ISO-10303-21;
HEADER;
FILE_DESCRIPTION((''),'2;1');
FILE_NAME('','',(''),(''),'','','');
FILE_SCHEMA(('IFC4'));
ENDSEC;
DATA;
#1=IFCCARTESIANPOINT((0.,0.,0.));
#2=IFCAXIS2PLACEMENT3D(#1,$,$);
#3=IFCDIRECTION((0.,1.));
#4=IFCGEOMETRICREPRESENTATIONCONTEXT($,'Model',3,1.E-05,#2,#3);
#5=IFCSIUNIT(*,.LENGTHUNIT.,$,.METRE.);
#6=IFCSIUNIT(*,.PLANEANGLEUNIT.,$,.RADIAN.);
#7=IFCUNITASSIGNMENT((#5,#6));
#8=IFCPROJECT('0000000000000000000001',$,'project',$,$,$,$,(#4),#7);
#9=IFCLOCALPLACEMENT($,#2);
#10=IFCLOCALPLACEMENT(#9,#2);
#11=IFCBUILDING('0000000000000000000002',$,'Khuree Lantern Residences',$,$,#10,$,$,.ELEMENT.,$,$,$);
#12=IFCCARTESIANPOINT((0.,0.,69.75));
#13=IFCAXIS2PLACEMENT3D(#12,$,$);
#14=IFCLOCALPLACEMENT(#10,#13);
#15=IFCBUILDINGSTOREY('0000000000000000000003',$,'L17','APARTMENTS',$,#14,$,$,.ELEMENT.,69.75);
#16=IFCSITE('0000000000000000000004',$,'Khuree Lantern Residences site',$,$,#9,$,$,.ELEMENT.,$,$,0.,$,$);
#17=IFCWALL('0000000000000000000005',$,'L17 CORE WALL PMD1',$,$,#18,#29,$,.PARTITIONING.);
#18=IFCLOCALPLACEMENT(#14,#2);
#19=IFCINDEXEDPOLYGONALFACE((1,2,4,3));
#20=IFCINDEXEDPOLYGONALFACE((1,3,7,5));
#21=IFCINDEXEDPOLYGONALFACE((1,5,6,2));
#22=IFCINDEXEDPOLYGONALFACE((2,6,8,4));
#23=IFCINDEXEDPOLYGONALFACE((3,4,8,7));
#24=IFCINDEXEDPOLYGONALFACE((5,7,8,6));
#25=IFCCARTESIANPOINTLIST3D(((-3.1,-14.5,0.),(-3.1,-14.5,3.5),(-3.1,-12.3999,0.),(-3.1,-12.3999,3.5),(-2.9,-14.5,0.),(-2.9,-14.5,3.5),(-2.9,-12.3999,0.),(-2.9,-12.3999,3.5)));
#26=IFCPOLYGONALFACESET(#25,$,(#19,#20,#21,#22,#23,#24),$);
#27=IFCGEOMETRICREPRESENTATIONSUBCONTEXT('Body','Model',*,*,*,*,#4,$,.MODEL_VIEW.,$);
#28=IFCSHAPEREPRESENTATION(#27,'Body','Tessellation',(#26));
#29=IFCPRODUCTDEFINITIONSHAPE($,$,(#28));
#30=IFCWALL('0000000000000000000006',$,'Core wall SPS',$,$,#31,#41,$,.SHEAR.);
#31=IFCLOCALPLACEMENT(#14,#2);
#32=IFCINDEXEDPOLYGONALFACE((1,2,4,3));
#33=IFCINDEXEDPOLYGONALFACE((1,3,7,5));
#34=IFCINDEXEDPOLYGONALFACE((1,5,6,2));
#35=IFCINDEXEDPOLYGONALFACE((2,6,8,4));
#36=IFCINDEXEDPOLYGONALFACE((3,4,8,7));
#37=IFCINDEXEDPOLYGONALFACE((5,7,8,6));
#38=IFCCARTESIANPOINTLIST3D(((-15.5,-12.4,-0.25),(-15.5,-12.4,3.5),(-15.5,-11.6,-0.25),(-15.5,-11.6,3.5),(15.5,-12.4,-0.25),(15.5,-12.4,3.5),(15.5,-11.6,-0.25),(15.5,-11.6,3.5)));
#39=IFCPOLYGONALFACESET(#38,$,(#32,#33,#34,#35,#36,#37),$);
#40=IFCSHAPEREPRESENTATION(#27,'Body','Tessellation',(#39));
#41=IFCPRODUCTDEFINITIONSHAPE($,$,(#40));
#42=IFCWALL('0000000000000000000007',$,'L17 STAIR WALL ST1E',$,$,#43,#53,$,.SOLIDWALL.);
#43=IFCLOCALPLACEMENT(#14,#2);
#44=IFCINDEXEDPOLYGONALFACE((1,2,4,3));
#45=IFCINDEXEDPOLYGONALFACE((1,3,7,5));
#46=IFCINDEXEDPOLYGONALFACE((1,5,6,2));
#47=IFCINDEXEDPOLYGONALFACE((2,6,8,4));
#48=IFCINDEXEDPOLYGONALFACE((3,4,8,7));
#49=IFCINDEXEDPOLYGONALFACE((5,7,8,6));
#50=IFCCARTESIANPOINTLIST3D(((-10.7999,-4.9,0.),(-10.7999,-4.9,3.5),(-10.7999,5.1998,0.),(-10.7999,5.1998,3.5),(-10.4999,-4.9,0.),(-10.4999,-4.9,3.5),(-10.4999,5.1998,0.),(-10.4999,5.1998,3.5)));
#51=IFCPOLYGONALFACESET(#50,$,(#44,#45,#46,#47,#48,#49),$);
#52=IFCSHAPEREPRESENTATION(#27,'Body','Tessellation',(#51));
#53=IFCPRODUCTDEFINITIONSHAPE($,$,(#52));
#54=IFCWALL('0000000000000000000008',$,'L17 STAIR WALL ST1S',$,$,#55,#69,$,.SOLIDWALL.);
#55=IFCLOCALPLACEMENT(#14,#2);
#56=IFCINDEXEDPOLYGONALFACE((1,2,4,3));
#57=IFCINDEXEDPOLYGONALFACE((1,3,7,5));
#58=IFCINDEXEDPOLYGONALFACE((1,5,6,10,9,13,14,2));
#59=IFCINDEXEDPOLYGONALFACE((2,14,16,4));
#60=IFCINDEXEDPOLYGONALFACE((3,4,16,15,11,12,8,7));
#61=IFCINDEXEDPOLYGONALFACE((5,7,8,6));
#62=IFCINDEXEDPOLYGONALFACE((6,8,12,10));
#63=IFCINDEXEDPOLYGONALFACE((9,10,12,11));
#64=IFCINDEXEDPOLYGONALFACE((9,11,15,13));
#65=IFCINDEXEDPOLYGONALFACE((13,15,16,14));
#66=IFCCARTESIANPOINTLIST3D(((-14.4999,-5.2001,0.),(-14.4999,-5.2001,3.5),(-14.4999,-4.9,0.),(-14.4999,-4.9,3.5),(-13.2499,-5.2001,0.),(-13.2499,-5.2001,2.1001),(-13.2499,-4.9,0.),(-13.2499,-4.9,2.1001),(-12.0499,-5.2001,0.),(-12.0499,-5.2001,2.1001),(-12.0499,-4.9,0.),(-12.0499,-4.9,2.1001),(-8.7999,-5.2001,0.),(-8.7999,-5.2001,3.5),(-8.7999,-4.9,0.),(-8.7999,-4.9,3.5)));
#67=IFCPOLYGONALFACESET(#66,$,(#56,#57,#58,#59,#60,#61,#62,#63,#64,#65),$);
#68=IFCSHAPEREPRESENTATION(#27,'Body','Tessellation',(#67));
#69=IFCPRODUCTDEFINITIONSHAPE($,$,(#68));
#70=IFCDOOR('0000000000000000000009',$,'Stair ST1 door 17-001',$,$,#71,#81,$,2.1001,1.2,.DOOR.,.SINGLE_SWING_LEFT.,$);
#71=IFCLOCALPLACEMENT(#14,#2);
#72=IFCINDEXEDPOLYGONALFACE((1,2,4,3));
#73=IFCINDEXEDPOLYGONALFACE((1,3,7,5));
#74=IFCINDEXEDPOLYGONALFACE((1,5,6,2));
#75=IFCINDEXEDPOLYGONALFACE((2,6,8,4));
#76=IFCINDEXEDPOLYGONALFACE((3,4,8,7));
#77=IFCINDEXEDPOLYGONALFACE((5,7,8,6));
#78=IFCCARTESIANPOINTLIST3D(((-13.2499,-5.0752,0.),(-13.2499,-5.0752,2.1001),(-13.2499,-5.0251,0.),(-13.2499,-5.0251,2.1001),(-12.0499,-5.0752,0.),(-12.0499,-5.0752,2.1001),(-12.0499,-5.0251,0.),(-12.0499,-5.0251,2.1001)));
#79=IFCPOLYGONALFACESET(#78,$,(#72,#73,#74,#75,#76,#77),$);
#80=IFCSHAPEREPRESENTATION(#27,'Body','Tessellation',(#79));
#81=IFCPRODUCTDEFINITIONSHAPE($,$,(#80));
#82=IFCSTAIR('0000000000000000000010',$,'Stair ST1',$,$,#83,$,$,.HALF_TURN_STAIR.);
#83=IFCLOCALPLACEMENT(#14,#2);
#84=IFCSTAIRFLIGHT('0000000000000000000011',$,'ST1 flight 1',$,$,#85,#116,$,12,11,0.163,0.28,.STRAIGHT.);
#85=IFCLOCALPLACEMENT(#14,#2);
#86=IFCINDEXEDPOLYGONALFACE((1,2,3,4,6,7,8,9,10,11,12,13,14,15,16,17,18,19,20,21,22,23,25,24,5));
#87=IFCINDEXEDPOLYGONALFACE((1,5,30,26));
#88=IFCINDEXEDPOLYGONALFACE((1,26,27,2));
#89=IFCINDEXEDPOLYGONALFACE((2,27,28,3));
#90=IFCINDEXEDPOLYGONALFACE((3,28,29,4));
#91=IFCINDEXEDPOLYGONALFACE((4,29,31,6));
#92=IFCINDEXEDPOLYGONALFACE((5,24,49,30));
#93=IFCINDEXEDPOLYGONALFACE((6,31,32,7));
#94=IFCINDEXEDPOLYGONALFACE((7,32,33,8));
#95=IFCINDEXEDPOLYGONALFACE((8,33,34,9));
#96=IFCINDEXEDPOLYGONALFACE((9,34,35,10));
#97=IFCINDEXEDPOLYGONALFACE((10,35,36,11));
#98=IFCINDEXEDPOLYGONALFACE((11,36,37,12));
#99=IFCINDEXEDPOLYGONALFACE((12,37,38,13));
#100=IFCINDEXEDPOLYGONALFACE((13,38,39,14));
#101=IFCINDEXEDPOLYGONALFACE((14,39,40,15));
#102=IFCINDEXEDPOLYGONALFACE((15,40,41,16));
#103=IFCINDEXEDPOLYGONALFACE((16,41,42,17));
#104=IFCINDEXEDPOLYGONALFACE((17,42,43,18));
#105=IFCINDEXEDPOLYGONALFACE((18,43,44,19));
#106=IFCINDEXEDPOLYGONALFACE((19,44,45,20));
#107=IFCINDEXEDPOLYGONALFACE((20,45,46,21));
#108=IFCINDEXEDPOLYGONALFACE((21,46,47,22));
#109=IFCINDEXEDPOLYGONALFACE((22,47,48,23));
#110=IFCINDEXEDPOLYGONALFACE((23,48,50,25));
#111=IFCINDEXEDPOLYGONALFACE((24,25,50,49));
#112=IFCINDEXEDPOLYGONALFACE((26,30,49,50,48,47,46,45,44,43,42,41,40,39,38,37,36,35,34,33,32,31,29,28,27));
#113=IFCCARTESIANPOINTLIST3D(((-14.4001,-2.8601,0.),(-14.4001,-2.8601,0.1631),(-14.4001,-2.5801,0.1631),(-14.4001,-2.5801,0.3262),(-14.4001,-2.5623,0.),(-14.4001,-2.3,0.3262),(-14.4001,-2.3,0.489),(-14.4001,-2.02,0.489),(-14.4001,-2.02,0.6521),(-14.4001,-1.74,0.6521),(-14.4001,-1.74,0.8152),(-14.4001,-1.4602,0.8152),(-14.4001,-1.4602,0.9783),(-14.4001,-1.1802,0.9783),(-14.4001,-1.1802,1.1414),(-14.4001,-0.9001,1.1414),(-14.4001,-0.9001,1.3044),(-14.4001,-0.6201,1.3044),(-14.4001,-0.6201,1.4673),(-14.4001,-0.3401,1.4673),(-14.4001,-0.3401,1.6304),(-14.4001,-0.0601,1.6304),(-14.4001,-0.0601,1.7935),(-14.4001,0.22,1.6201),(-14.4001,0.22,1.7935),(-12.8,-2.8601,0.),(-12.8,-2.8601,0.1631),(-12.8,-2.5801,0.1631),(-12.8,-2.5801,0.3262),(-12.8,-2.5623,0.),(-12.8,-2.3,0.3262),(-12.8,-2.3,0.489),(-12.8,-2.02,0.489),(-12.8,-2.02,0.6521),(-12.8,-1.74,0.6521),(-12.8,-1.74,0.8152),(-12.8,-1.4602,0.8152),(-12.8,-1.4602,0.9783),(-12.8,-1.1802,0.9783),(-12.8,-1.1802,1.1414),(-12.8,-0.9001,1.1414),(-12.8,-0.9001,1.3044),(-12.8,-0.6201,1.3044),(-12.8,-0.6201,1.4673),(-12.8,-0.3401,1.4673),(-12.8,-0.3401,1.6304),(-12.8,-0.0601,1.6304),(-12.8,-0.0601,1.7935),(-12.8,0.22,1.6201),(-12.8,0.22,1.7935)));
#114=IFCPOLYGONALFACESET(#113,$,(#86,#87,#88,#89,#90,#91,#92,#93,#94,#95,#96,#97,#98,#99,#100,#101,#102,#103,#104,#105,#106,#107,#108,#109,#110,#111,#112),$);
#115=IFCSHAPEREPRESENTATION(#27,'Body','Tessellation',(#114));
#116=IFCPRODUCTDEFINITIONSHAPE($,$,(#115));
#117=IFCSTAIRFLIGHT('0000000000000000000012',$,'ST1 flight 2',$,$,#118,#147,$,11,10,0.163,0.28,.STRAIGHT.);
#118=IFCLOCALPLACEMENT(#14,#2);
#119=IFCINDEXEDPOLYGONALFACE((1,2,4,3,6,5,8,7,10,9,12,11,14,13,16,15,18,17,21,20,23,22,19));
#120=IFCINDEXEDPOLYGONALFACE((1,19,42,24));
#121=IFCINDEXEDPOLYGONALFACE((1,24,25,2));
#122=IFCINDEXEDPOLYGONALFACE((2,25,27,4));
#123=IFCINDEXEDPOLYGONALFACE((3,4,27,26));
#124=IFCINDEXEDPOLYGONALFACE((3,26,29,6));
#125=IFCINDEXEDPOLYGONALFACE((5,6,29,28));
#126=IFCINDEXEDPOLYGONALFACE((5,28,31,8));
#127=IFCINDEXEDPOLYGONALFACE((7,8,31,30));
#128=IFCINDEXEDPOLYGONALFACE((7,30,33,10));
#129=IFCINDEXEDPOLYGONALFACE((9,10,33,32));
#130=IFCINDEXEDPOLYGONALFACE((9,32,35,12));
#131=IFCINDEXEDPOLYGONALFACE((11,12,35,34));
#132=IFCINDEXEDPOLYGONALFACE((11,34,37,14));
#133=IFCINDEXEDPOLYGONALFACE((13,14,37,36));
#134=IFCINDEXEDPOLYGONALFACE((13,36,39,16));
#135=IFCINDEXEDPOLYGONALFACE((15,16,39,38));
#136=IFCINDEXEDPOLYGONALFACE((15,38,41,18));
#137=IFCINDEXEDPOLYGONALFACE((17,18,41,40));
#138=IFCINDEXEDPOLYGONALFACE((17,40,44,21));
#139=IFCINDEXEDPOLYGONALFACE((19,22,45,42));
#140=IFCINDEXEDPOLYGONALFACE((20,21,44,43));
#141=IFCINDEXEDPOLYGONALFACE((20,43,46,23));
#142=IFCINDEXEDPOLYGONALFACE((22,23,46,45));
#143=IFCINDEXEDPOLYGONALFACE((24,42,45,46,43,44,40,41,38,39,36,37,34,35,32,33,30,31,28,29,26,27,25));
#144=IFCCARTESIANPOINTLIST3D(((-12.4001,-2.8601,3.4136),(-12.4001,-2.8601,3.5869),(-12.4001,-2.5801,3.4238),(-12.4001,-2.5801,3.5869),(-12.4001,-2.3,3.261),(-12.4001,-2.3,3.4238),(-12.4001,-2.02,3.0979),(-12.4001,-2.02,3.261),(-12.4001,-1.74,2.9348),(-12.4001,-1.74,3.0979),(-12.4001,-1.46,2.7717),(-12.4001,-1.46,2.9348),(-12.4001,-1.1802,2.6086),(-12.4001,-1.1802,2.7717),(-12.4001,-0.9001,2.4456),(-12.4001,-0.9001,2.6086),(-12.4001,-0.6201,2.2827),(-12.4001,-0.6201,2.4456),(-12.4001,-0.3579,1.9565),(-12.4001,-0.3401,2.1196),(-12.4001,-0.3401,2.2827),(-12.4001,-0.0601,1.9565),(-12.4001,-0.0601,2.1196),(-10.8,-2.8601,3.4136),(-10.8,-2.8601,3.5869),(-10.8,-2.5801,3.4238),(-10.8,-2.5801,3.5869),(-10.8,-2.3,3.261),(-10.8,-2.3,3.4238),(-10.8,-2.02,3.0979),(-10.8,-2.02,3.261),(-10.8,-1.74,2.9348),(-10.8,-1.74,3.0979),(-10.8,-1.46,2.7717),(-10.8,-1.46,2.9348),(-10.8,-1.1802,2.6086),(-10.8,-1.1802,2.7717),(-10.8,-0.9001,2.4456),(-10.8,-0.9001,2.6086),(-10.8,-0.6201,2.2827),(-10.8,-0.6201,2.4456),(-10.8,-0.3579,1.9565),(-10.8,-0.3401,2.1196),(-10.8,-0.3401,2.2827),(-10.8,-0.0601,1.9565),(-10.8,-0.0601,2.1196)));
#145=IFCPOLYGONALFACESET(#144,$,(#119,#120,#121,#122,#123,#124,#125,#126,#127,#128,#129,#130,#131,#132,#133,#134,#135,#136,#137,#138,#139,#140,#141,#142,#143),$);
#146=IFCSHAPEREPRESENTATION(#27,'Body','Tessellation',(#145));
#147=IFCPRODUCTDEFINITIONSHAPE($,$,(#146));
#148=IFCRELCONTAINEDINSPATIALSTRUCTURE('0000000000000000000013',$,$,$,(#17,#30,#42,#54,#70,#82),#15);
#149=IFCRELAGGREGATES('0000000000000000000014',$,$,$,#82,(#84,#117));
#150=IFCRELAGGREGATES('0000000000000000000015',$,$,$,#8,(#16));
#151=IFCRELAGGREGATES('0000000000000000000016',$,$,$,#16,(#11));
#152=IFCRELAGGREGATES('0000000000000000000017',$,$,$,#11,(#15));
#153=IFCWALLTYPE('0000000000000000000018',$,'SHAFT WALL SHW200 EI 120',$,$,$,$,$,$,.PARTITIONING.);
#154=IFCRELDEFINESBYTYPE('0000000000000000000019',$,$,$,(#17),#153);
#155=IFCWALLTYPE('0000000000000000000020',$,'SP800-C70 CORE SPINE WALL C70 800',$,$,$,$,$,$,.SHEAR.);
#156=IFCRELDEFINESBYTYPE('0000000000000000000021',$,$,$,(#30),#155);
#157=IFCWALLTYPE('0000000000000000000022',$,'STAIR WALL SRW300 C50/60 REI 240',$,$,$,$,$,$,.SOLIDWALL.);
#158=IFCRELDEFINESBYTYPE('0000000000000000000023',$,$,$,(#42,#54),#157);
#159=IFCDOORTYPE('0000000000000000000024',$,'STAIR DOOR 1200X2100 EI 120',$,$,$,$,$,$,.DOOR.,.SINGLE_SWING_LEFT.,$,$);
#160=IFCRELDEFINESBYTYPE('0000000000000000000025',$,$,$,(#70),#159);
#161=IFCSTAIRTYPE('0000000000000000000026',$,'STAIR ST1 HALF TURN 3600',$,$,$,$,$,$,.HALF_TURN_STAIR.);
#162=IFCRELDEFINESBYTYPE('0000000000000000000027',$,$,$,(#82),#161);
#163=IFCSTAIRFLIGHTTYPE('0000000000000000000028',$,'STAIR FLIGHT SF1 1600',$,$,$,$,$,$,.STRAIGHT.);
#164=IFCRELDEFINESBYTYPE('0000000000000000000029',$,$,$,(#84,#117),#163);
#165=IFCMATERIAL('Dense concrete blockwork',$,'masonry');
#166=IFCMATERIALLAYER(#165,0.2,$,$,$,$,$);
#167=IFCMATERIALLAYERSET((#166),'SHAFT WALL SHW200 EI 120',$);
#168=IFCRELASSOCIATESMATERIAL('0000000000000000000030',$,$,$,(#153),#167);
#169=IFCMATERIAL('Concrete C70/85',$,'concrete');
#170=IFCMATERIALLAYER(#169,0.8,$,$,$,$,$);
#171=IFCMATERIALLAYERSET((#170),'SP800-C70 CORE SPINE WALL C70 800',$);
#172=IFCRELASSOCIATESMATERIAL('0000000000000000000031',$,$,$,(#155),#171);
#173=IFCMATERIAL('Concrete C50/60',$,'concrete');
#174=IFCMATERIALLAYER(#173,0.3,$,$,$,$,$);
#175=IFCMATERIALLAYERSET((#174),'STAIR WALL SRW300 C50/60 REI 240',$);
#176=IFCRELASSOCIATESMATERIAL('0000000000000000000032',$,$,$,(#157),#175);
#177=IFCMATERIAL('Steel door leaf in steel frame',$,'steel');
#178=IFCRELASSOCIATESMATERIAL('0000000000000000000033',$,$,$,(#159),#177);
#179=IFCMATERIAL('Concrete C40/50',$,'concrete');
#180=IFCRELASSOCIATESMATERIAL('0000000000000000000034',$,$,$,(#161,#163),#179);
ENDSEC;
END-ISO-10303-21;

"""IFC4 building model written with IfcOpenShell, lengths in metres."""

from ifc_helpers import new_model, si_unit, direction, frame, frame_2d, origin, place, context, subcontext, project, spatial, polyline, rectangle, outline, extrude, material, layer, layer_set, type_object, element, fill, aggregate, save


model = new_model("IFC4")

# Units and contexts
model_context = context("Model", 3, precision=1e-05, world=origin(), true_north=direction((0.0, 1.0)))
body_context = subcontext(model_context, "Body", "Model", "MODEL_VIEW")
ifc_project = project(units=[si_unit("LENGTHUNIT", "METRE"), si_unit("PLANEANGLEUNIT", "RADIAN")], contexts=[model_context])

# Site, building, storey
site_placement = place(None, origin())
site = spatial("IfcSite", under=ifc_project, at=site_placement, Name="Khuree Lantern Residences site", CompositionType="ELEMENT", RefElevation=0.0)
building_placement = place(site_placement, origin())
building = spatial("IfcBuilding", under=site, at=building_placement, Name="Khuree Lantern Residences", CompositionType="ELEMENT")
storey_placement = place(building_placement, frame((0.0, 0.0, 69.75)))
storey = spatial("IfcBuildingStorey", under=building, at=storey_placement, Name="L17", Description="APARTMENTS", CompositionType="ELEMENT", Elevation=69.75)

# Shared definitions
ifc_material_1 = material(Name="Concrete C70/85", Category="concrete")

# Shared definitions
ifc_material_2 = material(Name="Dense concrete blockwork", Category="masonry")

# Shared definitions
ifc_material_3 = material(Name="Steel door leaf in steel frame", Category="steel")

# Walls
ifc_layer_1 = layer(ifc_material_2, 0.2)
ifc_layer_set_1 = layer_set([ifc_layer_1], Name="SHAFT WALL SHW200 EI 120")
wall_type_1 = type_object("IfcWallType", Name="SHAFT WALL SHW200 EI 120", PredefinedType="PARTITIONING", material=ifc_layer_set_1)
wall_1_placement = place(storey_placement, frame((-3.0, -14.5, 0.0), z_axis=(0.0, 0.0, 1.0), x_axis=(0.0, 1.0, 0.0)))
element("IfcWall", 1, at=wall_1_placement, inside=storey, type_object=wall_type_1, Name="L17 CORE WALL PMD1", PredefinedType="PARTITIONING", context=body_context, shape_type="SweptSolid", body=[
    extrude(rectangle(XDim=2.1001, YDim=0.2, at=frame_2d((1.05, 0.0))), origin(), (0.0, 0.0, 1.0), 3.5),
])
ifc_layer_2 = layer(ifc_material_1, 0.8)
ifc_layer_set_2 = layer_set([ifc_layer_2], Name="SP800-C70 CORE SPINE WALL C70 800")
wall_type_2 = type_object("IfcWallType", Name="SP800-C70 CORE SPINE WALL C70 800", PredefinedType="SHEAR", material=ifc_layer_set_2)
wall_2_placement = place(storey_placement, frame((-15.5, -12.0, -0.25), z_axis=(0.0, 0.0, 1.0), x_axis=(1.0, 0.0, 0.0)))
element("IfcWall", 2, at=wall_2_placement, inside=storey, type_object=wall_type_2, Name="Core wall SPS", PredefinedType="SHEAR", context=body_context, shape_type="SweptSolid", body=[
    extrude(rectangle(XDim=31.0, YDim=0.8, at=frame_2d((15.5, 0.0))), origin(), (0.0, 0.0, 1.0), 3.75),
])
ifc_material_4 = material(Name="Concrete C50/60", Category="concrete")
ifc_layer_3 = layer(ifc_material_4, 0.3)
ifc_layer_set_3 = layer_set([ifc_layer_3], Name="STAIR WALL SRW300 C50/60 REI 240")
wall_type_3 = type_object("IfcWallType", Name="STAIR WALL SRW300 C50/60 REI 240", PredefinedType="SOLIDWALL", material=ifc_layer_set_3)
wall_3_placement = place(storey_placement, frame((-10.6499, -4.8999, 0.0), z_axis=(0.0, 0.0, 1.0), x_axis=(0.0, 1.0, 0.0)))
element("IfcWall", 3, at=wall_3_placement, inside=storey, type_object=wall_type_3, Name="L17 STAIR WALL ST1E", PredefinedType="SOLIDWALL", context=body_context, shape_type="SweptSolid", body=[
    extrude(rectangle(XDim=10.0999, YDim=0.3, at=frame_2d((5.0498, 0.0))), origin(), (0.0, 0.0, 1.0), 3.5),
])

# Wall, opening, door
wall_4_placement = place(storey_placement, frame((-14.5, -5.05, 0.0), z_axis=(0.0, 0.0, 1.0), x_axis=(1.0, 0.0, 0.0)))
wall_4 = element("IfcWall", 4, at=wall_4_placement, inside=storey, type_object=wall_type_3, Name="L17 STAIR WALL ST1S", PredefinedType="SOLIDWALL", context=body_context, shape_type="SweptSolid", body=[
    extrude(rectangle(XDim=5.7, YDim=0.3, at=frame_2d((2.8501, 0.0))), origin(), (0.0, 0.0, 1.0), 3.5),
])
opening_1_placement = place(wall_4_placement, frame((1.25, 0.0, 0.0)))
opening_1 = element("IfcOpeningElement", 5, at=opening_1_placement, cuts=wall_4, PredefinedType="OPENING", context=body_context, shape_type="SweptSolid", body=[
    extrude(rectangle(XDim=1.2, YDim=2.1001, at=frame_2d((0.6001, 1.05))), frame((0.0, 0.1602, 0.0), z_axis=(0.0, -1.0, 0.0), x_axis=(1.0, 0.0, 0.0)), (0.0, 0.0, 1.0), 0.3201),
])
door_type_1 = type_object("IfcDoorType", Name="STAIR DOOR 1200X2100 EI 120", OperationType="SINGLE_SWING_LEFT", PredefinedType="DOOR", material=ifc_material_3)
door_1_placement = place(opening_1_placement, origin())
door_1 = element("IfcDoor", 6, at=door_1_placement, inside=storey, type_object=door_type_1, Name="Stair ST1 door 17-001", OperationType="SINGLE_SWING_LEFT", OverallHeight=2.1001, OverallWidth=1.2, PredefinedType="DOOR", context=body_context, shape_type="SweptSolid", body=[
    extrude(rectangle(XDim=1.2, YDim=2.1001, at=frame_2d((0.6001, 1.05))), frame((0.0, 0.0249, 0.0), z_axis=(0.0, -1.0, 0.0), x_axis=(1.0, 0.0, 0.0)), (0.0, 0.0, 1.0), 0.05),
])
fill(opening_1, door_1)

# Stair, stair flights
ifc_material_5 = material(Name="Concrete C40/50", Category="concrete")
stair_type = type_object("IfcStairType", Name="STAIR ST1 HALF TURN 3600", PredefinedType="HALF_TURN_STAIR", material=ifc_material_5)
stair_placement = place(storey_placement, origin())
stair = element("IfcStair", 7, at=stair_placement, inside=storey, type_object=stair_type, Name="Stair ST1", PredefinedType="HALF_TURN_STAIR")
stair_flight_type = type_object("IfcStairFlightType", Name="STAIR FLIGHT SF1 1600", PredefinedType="STRAIGHT", material=ifc_material_5)
stair_flight_1_placement = place(storey_placement, frame((-13.6001, -2.8601, 0.0), z_axis=(0.0, 0.0, 1.0), x_axis=(0.0, 1.0, 0.0)))
stair_flight_1 = element("IfcStairFlight", 8, at=stair_flight_1_placement, type_object=stair_flight_type, Name="ST1 flight 1", NumberOfRisers=12, NumberOfTreads=11, PredefinedType="STRAIGHT", RiserHeight=0.163, TreadLength=0.28, context=body_context, shape_type="SweptSolid", body=[
    extrude(outline(polyline([(0.0, 0.0), (0.0, 0.1631), (0.28, 0.1631), (0.28, 0.3262), (0.5601, 0.3262), (0.5601, 0.489), (0.8401, 0.489), (0.8401, 0.6521), (1.1201, 0.6521), (1.1201, 0.8152), (1.3999, 0.8152), (1.3999, 0.9783), (1.6799, 0.9783), (1.6799, 1.1414), (1.96, 1.1414), (1.96, 1.3044), (2.24, 1.3044), (2.24, 1.4673), (2.52, 1.4673), (2.52, 1.6304), (2.8, 1.6304), (2.8, 1.7935), (3.0801, 1.7935), (3.0801, 1.9565), (3.0801, 1.6201), (0.2979, 0.0), (0.0, 0.0)])), frame((0.0, 0.8, 0.0), z_axis=(0.0, -1.0, 0.0), x_axis=(1.0, 0.0, 0.0)), (0.0, 0.0, 1.0), 1.6001),
])
stair_flight_2_placement = place(storey_placement, frame((-11.6001, -0.0601, 1.9565), z_axis=(0.0, 0.0, 1.0), x_axis=(0.0, -1.0, 0.0)))
stair_flight_2 = element("IfcStairFlight", 9, at=stair_flight_2_placement, type_object=stair_flight_type, Name="ST1 flight 2", NumberOfRisers=11, NumberOfTreads=10, PredefinedType="STRAIGHT", RiserHeight=0.163, TreadLength=0.28, context=body_context, shape_type="SweptSolid", body=[
    extrude(outline(polyline([(0.0, 0.0), (0.0, 0.1631), (0.28, 0.1631), (0.28, 0.3262), (0.5601, 0.3262), (0.5601, 0.489), (0.8401, 0.489), (0.8401, 0.6521), (1.1201, 0.6521), (1.1201, 0.8152), (1.3999, 0.8152), (1.3999, 0.9783), (1.6799, 0.9783), (1.6799, 1.1414), (1.96, 1.1414), (1.96, 1.3044), (2.24, 1.3044), (2.24, 1.4673), (2.52, 1.4673), (2.52, 1.6304), (2.8, 1.6304), (2.8, 1.7935), (2.8, 1.457), (0.2979, 0.0), (0.0, 0.0)])), frame((0.0, 0.8, 0.0), z_axis=(0.0, -1.0, 0.0), x_axis=(1.0, 0.0, 0.0)), (0.0, 0.0, 1.0), 1.6001),
])
aggregate(stair, [stair_flight_1, stair_flight_2])

save(model, "model.ifc")
